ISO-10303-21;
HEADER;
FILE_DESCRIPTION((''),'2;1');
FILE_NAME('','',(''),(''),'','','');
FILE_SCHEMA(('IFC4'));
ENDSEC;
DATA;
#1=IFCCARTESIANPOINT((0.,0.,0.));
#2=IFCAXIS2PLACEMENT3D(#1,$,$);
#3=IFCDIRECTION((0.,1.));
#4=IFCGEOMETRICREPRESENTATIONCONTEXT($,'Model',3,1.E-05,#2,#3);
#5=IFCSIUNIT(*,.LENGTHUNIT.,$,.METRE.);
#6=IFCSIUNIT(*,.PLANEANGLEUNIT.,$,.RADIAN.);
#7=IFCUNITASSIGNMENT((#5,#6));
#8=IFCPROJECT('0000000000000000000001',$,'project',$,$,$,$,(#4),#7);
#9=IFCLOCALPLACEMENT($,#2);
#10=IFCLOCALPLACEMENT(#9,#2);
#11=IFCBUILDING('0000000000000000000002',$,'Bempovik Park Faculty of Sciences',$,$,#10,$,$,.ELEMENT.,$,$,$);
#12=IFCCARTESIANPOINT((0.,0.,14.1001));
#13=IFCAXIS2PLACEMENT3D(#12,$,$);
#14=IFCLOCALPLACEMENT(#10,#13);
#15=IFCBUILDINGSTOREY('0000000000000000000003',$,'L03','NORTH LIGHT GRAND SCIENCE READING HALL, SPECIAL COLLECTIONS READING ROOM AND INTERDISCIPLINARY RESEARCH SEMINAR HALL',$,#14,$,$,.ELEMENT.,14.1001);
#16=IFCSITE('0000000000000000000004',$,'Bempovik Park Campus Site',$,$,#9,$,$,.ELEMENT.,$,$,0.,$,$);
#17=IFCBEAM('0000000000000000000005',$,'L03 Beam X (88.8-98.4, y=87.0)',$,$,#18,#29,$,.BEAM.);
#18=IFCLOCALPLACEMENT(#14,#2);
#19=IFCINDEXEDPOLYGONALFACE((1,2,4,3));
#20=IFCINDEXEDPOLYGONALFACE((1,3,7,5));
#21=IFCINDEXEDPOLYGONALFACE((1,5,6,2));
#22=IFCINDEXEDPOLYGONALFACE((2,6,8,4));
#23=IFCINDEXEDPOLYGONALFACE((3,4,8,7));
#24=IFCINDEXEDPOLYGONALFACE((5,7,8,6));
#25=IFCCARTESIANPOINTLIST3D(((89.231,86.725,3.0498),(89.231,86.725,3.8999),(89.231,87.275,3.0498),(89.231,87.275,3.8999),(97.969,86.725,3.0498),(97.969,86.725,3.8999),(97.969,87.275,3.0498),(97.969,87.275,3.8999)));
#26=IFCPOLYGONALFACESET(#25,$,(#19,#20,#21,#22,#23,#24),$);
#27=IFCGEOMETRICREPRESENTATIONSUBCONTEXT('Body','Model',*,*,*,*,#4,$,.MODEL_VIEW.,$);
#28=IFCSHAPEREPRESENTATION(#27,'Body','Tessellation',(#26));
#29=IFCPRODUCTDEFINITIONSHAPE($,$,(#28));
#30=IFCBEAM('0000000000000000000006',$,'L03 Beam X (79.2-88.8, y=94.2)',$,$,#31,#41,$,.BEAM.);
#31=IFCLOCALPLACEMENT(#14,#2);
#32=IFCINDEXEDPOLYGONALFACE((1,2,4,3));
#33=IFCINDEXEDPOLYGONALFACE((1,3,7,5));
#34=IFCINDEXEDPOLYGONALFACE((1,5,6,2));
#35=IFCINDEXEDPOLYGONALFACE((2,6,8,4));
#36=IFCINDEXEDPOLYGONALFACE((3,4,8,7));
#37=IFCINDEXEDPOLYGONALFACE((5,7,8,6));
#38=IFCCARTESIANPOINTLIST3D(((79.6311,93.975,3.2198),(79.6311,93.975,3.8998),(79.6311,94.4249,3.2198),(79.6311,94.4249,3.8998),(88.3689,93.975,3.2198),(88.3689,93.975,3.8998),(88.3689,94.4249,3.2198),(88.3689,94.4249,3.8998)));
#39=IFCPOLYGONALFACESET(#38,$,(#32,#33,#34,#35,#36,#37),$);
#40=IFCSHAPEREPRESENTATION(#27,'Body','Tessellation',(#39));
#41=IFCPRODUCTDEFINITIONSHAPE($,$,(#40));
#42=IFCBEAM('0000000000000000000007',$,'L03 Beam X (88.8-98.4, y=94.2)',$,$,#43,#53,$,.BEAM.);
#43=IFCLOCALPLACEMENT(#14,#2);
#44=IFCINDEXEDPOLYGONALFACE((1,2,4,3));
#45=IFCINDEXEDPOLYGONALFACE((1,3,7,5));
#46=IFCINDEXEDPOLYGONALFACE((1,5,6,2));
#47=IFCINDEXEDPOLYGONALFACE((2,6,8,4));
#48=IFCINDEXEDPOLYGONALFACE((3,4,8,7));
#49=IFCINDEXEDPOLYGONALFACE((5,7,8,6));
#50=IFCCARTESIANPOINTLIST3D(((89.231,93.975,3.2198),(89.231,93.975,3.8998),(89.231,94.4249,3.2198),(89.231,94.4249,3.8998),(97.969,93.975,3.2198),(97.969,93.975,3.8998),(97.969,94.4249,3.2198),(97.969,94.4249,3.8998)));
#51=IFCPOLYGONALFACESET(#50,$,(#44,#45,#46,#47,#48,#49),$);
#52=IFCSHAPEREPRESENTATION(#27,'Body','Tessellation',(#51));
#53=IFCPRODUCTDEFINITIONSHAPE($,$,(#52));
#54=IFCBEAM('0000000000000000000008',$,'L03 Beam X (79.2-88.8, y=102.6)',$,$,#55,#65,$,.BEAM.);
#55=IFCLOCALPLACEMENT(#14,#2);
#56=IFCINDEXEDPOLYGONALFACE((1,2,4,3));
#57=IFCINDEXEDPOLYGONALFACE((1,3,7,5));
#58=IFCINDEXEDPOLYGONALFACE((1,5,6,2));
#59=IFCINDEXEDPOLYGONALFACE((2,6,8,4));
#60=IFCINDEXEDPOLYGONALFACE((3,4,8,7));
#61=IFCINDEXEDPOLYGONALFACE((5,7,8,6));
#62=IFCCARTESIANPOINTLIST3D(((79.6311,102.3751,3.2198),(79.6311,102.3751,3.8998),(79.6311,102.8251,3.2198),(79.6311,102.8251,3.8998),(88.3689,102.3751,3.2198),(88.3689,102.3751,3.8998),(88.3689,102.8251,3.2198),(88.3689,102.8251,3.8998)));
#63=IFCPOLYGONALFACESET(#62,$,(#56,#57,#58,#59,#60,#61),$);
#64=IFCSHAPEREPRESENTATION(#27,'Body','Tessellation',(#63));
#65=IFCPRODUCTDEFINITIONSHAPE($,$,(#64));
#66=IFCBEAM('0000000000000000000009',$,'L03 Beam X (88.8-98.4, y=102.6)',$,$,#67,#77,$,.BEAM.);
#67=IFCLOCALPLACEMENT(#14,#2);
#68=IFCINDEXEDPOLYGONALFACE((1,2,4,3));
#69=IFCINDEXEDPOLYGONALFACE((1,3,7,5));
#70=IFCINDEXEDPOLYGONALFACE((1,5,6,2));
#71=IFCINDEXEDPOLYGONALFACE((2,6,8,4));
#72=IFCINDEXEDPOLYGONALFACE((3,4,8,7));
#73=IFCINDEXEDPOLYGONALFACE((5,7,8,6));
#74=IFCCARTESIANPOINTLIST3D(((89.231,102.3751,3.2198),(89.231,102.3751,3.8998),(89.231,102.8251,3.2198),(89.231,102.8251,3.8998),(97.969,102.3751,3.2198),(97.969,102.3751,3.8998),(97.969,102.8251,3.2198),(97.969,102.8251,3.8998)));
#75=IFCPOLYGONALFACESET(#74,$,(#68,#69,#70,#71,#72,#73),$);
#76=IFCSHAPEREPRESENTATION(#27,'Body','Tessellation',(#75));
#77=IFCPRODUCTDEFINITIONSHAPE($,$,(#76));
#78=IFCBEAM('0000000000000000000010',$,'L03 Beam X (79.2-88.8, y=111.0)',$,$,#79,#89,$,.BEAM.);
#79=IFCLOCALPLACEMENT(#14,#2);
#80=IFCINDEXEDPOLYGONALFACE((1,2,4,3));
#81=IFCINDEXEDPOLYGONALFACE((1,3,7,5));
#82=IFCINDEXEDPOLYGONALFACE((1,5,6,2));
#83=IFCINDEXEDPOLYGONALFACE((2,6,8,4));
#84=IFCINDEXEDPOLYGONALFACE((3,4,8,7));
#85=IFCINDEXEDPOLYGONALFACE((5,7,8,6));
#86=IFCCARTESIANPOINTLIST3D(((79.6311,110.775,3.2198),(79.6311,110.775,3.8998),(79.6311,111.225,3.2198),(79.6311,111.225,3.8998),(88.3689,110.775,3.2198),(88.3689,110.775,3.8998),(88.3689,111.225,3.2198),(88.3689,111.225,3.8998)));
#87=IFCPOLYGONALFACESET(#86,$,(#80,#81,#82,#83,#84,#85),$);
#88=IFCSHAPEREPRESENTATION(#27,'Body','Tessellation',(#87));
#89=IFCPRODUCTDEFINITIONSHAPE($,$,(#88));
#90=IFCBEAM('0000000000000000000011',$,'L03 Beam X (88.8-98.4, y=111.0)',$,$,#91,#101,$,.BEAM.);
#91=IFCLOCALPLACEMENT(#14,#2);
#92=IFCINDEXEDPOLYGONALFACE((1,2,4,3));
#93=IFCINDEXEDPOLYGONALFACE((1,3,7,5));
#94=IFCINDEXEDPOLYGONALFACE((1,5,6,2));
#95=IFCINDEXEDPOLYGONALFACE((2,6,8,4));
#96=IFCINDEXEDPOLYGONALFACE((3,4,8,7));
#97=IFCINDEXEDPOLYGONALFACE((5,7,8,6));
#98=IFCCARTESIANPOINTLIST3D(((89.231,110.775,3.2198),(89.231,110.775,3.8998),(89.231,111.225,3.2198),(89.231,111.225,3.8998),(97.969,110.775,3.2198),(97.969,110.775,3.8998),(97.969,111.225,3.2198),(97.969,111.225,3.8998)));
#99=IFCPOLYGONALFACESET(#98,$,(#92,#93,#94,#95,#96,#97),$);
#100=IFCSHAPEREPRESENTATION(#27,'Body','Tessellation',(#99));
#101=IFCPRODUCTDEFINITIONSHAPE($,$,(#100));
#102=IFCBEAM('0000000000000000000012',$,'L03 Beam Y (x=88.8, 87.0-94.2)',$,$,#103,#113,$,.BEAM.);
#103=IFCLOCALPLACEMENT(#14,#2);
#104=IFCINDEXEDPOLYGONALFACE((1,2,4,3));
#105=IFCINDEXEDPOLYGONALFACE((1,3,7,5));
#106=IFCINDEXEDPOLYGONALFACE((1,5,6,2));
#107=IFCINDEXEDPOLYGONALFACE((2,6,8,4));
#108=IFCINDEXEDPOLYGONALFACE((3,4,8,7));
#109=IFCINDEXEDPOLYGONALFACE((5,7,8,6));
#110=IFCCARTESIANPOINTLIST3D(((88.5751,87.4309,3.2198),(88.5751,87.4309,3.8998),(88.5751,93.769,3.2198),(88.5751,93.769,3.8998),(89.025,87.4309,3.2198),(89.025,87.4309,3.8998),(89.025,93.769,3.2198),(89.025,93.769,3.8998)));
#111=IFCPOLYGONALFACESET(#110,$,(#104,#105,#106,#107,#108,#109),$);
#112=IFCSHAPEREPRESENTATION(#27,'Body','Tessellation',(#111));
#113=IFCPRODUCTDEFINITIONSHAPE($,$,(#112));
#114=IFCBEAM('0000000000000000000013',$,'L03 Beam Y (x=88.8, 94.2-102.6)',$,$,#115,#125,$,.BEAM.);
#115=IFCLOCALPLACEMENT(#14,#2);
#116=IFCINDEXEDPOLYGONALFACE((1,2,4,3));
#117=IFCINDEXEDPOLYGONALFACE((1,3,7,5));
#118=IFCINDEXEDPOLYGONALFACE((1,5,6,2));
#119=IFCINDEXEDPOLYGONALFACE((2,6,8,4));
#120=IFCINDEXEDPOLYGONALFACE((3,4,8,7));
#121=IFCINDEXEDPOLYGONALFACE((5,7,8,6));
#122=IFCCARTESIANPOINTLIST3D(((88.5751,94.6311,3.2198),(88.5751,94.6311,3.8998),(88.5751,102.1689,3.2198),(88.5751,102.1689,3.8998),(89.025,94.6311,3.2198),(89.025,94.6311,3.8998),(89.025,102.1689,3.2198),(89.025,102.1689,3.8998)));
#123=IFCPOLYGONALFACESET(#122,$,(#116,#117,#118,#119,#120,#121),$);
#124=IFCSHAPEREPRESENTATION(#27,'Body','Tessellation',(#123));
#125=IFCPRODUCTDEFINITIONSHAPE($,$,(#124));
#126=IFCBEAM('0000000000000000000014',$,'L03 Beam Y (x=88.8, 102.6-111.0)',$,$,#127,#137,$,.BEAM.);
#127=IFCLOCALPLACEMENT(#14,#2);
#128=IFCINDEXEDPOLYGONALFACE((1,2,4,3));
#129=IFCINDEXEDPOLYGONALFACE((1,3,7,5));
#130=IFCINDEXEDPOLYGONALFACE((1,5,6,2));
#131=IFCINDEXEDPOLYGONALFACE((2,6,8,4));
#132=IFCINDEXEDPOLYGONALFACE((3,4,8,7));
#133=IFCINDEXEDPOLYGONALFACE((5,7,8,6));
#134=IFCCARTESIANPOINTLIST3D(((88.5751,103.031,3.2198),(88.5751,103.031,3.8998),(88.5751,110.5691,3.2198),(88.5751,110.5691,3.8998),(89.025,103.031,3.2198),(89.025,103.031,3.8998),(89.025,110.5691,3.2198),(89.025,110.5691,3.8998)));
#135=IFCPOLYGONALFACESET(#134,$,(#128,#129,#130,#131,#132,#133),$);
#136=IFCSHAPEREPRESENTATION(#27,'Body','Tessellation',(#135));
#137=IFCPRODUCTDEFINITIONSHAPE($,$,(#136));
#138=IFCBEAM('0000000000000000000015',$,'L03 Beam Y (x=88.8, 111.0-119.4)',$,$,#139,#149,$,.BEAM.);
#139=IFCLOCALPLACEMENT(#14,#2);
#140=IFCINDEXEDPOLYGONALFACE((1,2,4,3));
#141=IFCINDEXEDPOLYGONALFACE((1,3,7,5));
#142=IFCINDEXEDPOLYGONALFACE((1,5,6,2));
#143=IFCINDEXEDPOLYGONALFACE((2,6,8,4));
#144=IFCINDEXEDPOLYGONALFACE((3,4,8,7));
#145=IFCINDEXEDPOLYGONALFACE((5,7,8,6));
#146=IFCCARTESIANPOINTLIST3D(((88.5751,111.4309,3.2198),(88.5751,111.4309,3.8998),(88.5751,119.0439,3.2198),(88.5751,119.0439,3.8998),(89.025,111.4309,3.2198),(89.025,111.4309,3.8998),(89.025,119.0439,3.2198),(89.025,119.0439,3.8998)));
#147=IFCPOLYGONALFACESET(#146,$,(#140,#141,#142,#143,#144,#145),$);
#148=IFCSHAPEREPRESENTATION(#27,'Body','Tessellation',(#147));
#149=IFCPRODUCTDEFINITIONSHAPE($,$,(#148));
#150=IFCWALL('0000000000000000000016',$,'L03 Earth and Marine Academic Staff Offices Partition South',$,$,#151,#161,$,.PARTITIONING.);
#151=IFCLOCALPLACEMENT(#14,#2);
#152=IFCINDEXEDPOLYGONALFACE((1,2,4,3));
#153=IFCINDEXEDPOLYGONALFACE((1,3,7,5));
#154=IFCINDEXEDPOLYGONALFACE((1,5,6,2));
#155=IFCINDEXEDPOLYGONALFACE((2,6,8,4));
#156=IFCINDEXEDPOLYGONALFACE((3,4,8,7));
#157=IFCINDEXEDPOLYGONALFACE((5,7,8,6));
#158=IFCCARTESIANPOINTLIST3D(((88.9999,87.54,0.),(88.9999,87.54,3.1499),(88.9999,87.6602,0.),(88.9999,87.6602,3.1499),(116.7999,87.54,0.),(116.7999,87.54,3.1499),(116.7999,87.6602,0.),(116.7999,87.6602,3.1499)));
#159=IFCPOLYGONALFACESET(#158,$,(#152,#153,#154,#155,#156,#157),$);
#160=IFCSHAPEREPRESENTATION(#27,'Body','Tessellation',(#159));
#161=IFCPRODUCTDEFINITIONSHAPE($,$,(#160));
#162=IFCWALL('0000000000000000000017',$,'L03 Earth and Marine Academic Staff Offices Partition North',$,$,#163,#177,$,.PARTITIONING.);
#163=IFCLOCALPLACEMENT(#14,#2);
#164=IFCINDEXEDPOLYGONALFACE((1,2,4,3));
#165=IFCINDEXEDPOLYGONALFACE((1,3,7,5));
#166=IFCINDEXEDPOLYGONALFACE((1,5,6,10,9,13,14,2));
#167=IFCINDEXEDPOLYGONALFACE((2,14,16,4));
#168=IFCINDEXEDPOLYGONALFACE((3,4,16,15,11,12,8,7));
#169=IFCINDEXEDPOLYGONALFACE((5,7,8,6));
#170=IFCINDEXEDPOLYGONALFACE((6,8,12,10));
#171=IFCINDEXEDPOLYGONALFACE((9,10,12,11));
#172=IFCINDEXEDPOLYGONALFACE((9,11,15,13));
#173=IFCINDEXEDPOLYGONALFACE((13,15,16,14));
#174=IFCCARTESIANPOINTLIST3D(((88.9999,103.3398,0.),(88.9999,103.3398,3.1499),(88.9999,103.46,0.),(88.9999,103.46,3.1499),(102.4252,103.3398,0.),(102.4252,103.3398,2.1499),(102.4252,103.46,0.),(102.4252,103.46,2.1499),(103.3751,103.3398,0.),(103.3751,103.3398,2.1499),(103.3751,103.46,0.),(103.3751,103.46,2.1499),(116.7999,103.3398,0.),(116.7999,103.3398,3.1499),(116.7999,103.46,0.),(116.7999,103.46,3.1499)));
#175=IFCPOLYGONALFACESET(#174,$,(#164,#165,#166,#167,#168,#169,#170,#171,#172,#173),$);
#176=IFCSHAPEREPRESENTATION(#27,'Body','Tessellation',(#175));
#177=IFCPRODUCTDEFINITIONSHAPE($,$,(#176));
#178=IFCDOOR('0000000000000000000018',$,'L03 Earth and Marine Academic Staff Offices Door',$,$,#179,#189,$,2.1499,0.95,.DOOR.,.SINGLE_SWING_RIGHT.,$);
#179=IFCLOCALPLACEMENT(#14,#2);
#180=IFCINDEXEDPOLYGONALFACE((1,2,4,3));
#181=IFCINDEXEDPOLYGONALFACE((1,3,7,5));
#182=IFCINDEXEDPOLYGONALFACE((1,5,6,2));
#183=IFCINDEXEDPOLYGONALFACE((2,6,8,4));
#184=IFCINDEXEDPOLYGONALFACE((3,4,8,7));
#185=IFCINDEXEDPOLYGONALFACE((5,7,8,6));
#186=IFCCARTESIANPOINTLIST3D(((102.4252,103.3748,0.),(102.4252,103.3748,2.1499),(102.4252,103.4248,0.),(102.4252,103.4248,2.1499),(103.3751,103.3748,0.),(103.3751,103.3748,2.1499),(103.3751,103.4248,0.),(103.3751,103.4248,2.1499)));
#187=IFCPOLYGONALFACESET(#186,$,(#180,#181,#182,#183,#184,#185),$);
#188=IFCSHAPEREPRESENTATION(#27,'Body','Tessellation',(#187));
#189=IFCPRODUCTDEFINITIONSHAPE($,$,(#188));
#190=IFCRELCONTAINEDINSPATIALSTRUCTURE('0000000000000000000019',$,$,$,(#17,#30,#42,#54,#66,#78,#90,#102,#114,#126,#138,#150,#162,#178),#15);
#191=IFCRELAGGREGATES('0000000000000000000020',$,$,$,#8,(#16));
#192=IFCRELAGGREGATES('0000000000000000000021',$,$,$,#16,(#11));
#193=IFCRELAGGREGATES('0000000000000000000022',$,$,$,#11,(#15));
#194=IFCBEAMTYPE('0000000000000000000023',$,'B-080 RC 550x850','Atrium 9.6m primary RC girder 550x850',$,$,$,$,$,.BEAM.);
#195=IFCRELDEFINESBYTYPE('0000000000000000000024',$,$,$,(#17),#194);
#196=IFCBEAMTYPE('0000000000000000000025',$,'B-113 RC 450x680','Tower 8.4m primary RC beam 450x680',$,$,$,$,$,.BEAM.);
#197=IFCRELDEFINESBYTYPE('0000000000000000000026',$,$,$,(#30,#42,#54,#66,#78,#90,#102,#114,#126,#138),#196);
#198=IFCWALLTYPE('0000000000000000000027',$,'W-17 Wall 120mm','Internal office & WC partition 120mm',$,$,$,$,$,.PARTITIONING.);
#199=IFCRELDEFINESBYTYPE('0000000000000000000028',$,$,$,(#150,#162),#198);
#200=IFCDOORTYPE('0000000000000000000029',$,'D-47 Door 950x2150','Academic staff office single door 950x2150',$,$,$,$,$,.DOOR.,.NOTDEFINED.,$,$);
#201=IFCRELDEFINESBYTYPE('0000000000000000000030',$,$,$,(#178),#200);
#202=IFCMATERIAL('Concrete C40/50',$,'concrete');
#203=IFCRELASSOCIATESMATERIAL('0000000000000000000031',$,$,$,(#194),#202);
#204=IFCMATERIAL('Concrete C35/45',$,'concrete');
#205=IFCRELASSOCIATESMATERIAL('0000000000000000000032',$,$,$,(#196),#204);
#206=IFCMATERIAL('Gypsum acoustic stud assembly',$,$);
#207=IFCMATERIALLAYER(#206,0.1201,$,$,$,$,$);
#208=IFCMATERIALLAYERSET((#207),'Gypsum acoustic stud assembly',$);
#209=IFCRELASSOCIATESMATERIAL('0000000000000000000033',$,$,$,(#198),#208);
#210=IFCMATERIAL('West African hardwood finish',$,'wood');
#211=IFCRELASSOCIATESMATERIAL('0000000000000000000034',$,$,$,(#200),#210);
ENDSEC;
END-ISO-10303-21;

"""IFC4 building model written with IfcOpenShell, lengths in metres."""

from ifc_helpers import new_model, si_unit, direction, frame, frame_2d, origin, origin_2d, place, context, subcontext, project, spatial, rectangle, extrude, material, layer, layer_set, material_profile, profile_set, type_object, element, fill, save


model = new_model("IFC4")

# Units and contexts
model_context = context("Model", 3, precision=1e-05, world=origin(), true_north=direction((0.0, 1.0)))
body_context = subcontext(model_context, "Body", "Model", "MODEL_VIEW")
ifc_project = project(units=[si_unit("LENGTHUNIT", "METRE"), si_unit("PLANEANGLEUNIT", "RADIAN")], contexts=[model_context])

# Site, building, storey
site_placement = place(None, origin())
site = spatial("IfcSite", under=ifc_project, at=site_placement, Name="Bempovik Park Campus Site", CompositionType="ELEMENT", RefElevation=0.0)
building_placement = place(site_placement, origin())
building = spatial("IfcBuilding", under=site, at=building_placement, Name="Bempovik Park Faculty of Sciences", CompositionType="ELEMENT")
storey_placement = place(building_placement, frame((0.0, 0.0, 14.1001)))
storey = spatial("IfcBuildingStorey", under=building, at=storey_placement, Name="L03", Description="NORTH LIGHT GRAND SCIENCE READING HALL, SPECIAL COLLECTIONS READING ROOM AND INTERDISCIPLINARY RESEARCH SEMINAR HALL", CompositionType="ELEMENT", Elevation=14.1001)

# Shared definitions
ifc_material_1 = material(Name="Concrete C40/50", Category="concrete")

# Beams
ifc_material_2 = material(Name="Concrete C35/45", Category="concrete")
ifc_material_profile_1 = material_profile(ifc_material_1, rectangle(XDim=0.55, YDim=0.8501, at=origin_2d()), Name="RC 550x850")
ifc_profile_set_1 = profile_set([ifc_material_profile_1], Name="Concrete C40/50")
beam_type_1 = type_object("IfcBeamType", Name="B-080 RC 550x850", Description="Atrium 9.6m primary RC girder 550x850", PredefinedType="BEAM", material=ifc_profile_set_1)
beam_1_placement = place(storey_placement, frame((89.231, 87.0, 3.4749), z_axis=(1.0, 0.0, 0.0), x_axis=(0.0, 1.0, 0.0)))
element("IfcBeam", 1, at=beam_1_placement, inside=storey, type_object=beam_type_1, Name="L03 Beam X (88.8-98.4, y=87.0)", PredefinedType="BEAM", context=body_context, shape_type="SweptSolid", body=[
    extrude(rectangle(XDim=0.55, YDim=0.8501, at=origin_2d()), origin(), (0.0, 0.0, 1.0), 8.738),
])
ifc_material_profile_2 = material_profile(ifc_material_2, rectangle(XDim=0.45, YDim=0.6799, at=origin_2d()), Name="RC 450x680")
ifc_profile_set_2 = profile_set([ifc_material_profile_2], Name="Concrete C35/45")
beam_type_2 = type_object("IfcBeamType", Name="B-113 RC 450x680", Description="Tower 8.4m primary RC beam 450x680", PredefinedType="BEAM", material=ifc_profile_set_2)
beam_2_placement = place(storey_placement, frame((79.6311, 94.2, 3.5598), z_axis=(1.0, 0.0, 0.0), x_axis=(0.0, 1.0, 0.0)))
element("IfcBeam", 2, at=beam_2_placement, inside=storey, type_object=beam_type_2, Name="L03 Beam X (79.2-88.8, y=94.2)", PredefinedType="BEAM", context=body_context, shape_type="SweptSolid", body=[
    extrude(rectangle(XDim=0.45, YDim=0.6799, at=origin_2d()), origin(), (0.0, 0.0, 1.0), 8.7378),
])
beam_3_placement = place(storey_placement, frame((89.231, 94.2, 3.5598), z_axis=(1.0, 0.0, 0.0), x_axis=(0.0, 1.0, 0.0)))
element("IfcBeam", 3, at=beam_3_placement, inside=storey, type_object=beam_type_2, Name="L03 Beam X (88.8-98.4, y=94.2)", PredefinedType="BEAM", context=body_context, shape_type="SweptSolid", body=[
    extrude(rectangle(XDim=0.45, YDim=0.6799, at=origin_2d()), origin(), (0.0, 0.0, 1.0), 8.738),
])
beam_4_placement = place(storey_placement, frame((79.6311, 102.6001, 3.5598), z_axis=(1.0, 0.0, 0.0), x_axis=(0.0, 1.0, 0.0)))
element("IfcBeam", 4, at=beam_4_placement, inside=storey, type_object=beam_type_2, Name="L03 Beam X (79.2-88.8, y=102.6)", PredefinedType="BEAM", context=body_context, shape_type="SweptSolid", body=[
    extrude(rectangle(XDim=0.45, YDim=0.6799, at=origin_2d()), origin(), (0.0, 0.0, 1.0), 8.7378),
])
beam_5_placement = place(storey_placement, frame((89.231, 102.6001, 3.5598), z_axis=(1.0, 0.0, 0.0), x_axis=(0.0, 1.0, 0.0)))
element("IfcBeam", 5, at=beam_5_placement, inside=storey, type_object=beam_type_2, Name="L03 Beam X (88.8-98.4, y=102.6)", PredefinedType="BEAM", context=body_context, shape_type="SweptSolid", body=[
    extrude(rectangle(XDim=0.45, YDim=0.6799, at=origin_2d()), origin(), (0.0, 0.0, 1.0), 8.738),
])
beam_6_placement = place(storey_placement, frame((79.6311, 111.0, 3.5598), z_axis=(1.0, 0.0, 0.0), x_axis=(0.0, 1.0, 0.0)))
element("IfcBeam", 6, at=beam_6_placement, inside=storey, type_object=beam_type_2, Name="L03 Beam X (79.2-88.8, y=111.0)", PredefinedType="BEAM", context=body_context, shape_type="SweptSolid", body=[
    extrude(rectangle(XDim=0.45, YDim=0.6799, at=origin_2d()), origin(), (0.0, 0.0, 1.0), 8.7378),
])
beam_7_placement = place(storey_placement, frame((89.231, 111.0, 3.5598), z_axis=(1.0, 0.0, 0.0), x_axis=(0.0, 1.0, 0.0)))
element("IfcBeam", 7, at=beam_7_placement, inside=storey, type_object=beam_type_2, Name="L03 Beam X (88.8-98.4, y=111.0)", PredefinedType="BEAM", context=body_context, shape_type="SweptSolid", body=[
    extrude(rectangle(XDim=0.45, YDim=0.6799, at=origin_2d()), origin(), (0.0, 0.0, 1.0), 8.738),
])
beam_8_placement = place(storey_placement, frame((88.8, 87.4309, 3.5598), z_axis=(0.0, 1.0, 0.0), x_axis=(-1.0, 0.0, 0.0)))
element("IfcBeam", 8, at=beam_8_placement, inside=storey, type_object=beam_type_2, Name="L03 Beam Y (x=88.8, 87.0-94.2)", PredefinedType="BEAM", context=body_context, shape_type="SweptSolid", body=[
    extrude(rectangle(XDim=0.45, YDim=0.6799, at=origin_2d()), origin(), (0.0, 0.0, 1.0), 6.3381),
])
beam_9_placement = place(storey_placement, frame((88.8, 94.6311, 3.5598), z_axis=(0.0, 1.0, 0.0), x_axis=(-1.0, 0.0, 0.0)))
element("IfcBeam", 9, at=beam_9_placement, inside=storey, type_object=beam_type_2, Name="L03 Beam Y (x=88.8, 94.2-102.6)", PredefinedType="BEAM", context=body_context, shape_type="SweptSolid", body=[
    extrude(rectangle(XDim=0.45, YDim=0.6799, at=origin_2d()), origin(), (0.0, 0.0, 1.0), 7.5378),
])
beam_10_placement = place(storey_placement, frame((88.8, 103.031, 3.5598), z_axis=(0.0, 1.0, 0.0), x_axis=(-1.0, 0.0, 0.0)))
element("IfcBeam", 10, at=beam_10_placement, inside=storey, type_object=beam_type_2, Name="L03 Beam Y (x=88.8, 102.6-111.0)", PredefinedType="BEAM", context=body_context, shape_type="SweptSolid", body=[
    extrude(rectangle(XDim=0.45, YDim=0.6799, at=origin_2d()), origin(), (0.0, 0.0, 1.0), 7.5381),
])
beam_11_placement = place(storey_placement, frame((88.8, 111.4309, 3.5598), z_axis=(0.0, 1.0, 0.0), x_axis=(-1.0, 0.0, 0.0)))
element("IfcBeam", 11, at=beam_11_placement, inside=storey, type_object=beam_type_2, Name="L03 Beam Y (x=88.8, 111.0-119.4)", PredefinedType="BEAM", context=body_context, shape_type="SweptSolid", body=[
    extrude(rectangle(XDim=0.45, YDim=0.6799, at=origin_2d()), origin(), (0.0, 0.0, 1.0), 7.613),
])

# Wall
ifc_material_3 = material(Name="Gypsum acoustic stud assembly")
ifc_layer_1 = layer(ifc_material_3, 0.1201)
ifc_layer_set_1 = layer_set([ifc_layer_1], Name="Gypsum acoustic stud assembly")
wall_type_1 = type_object("IfcWallType", Name="W-17 Wall 120mm", Description="Internal office & WC partition 120mm", PredefinedType="PARTITIONING", material=ifc_layer_set_1)
wall_1_placement = place(storey_placement, frame((89.0, 87.6001, 0.0), z_axis=(0.0, 0.0, 1.0), x_axis=(1.0, 0.0, 0.0)))
element("IfcWall", 12, at=wall_1_placement, inside=storey, type_object=wall_type_1, Name="L03 Earth and Marine Academic Staff Offices Partition South", PredefinedType="PARTITIONING", context=body_context, shape_type="SweptSolid", body=[
    extrude(rectangle(XDim=27.8, YDim=0.1201, at=frame_2d((13.8999, 0.0))), origin(), (0.0, 0.0, 1.0), 3.1499),
])

# Wall, opening, door
wall_2_placement = place(storey_placement, frame((89.0, 103.3999, 0.0), z_axis=(0.0, 0.0, 1.0), x_axis=(1.0, 0.0, 0.0)))
wall_2 = element("IfcWall", 13, at=wall_2_placement, inside=storey, type_object=wall_type_1, Name="L03 Earth and Marine Academic Staff Offices Partition North", PredefinedType="PARTITIONING", context=body_context, shape_type="SweptSolid", body=[
    extrude(rectangle(XDim=27.8, YDim=0.1201, at=frame_2d((13.8999, 0.0))), origin(), (0.0, 0.0, 1.0), 3.1499),
])
opening_placement = place(wall_2_placement, frame((13.425, 0.0, 0.0)))
opening = element("IfcOpeningElement", 14, at=opening_placement, cuts=wall_2, PredefinedType="OPENING", context=body_context, shape_type="SweptSolid", body=[
    extrude(rectangle(XDim=0.95, YDim=2.1499, at=frame_2d((0.4751, 1.075))), frame((0.0, 0.0701, 0.0), z_axis=(0.0, -1.0, 0.0), x_axis=(1.0, 0.0, 0.0)), (0.0, 0.0, 1.0), 0.1401),
])
ifc_material_4 = material(Name="West African hardwood finish", Category="wood")
door_type = type_object("IfcDoorType", Name="D-47 Door 950x2150", Description="Academic staff office single door 950x2150", OperationType="NOTDEFINED", PredefinedType="DOOR", material=ifc_material_4)
door_placement = place(opening_placement, origin())
door = element("IfcDoor", 15, at=door_placement, inside=storey, type_object=door_type, Name="L03 Earth and Marine Academic Staff Offices Door", OperationType="SINGLE_SWING_RIGHT", OverallHeight=2.1499, OverallWidth=0.95, PredefinedType="DOOR", context=body_context, shape_type="SweptSolid", body=[
    extrude(rectangle(XDim=0.95, YDim=2.1499, at=frame_2d((0.4751, 1.075))), frame((0.0, 0.0249, 0.0), z_axis=(0.0, -1.0, 0.0), x_axis=(1.0, 0.0, 0.0)), (0.0, 0.0, 1.0), 0.05),
])
fill(opening, door)

save(model, "model.ifc")
